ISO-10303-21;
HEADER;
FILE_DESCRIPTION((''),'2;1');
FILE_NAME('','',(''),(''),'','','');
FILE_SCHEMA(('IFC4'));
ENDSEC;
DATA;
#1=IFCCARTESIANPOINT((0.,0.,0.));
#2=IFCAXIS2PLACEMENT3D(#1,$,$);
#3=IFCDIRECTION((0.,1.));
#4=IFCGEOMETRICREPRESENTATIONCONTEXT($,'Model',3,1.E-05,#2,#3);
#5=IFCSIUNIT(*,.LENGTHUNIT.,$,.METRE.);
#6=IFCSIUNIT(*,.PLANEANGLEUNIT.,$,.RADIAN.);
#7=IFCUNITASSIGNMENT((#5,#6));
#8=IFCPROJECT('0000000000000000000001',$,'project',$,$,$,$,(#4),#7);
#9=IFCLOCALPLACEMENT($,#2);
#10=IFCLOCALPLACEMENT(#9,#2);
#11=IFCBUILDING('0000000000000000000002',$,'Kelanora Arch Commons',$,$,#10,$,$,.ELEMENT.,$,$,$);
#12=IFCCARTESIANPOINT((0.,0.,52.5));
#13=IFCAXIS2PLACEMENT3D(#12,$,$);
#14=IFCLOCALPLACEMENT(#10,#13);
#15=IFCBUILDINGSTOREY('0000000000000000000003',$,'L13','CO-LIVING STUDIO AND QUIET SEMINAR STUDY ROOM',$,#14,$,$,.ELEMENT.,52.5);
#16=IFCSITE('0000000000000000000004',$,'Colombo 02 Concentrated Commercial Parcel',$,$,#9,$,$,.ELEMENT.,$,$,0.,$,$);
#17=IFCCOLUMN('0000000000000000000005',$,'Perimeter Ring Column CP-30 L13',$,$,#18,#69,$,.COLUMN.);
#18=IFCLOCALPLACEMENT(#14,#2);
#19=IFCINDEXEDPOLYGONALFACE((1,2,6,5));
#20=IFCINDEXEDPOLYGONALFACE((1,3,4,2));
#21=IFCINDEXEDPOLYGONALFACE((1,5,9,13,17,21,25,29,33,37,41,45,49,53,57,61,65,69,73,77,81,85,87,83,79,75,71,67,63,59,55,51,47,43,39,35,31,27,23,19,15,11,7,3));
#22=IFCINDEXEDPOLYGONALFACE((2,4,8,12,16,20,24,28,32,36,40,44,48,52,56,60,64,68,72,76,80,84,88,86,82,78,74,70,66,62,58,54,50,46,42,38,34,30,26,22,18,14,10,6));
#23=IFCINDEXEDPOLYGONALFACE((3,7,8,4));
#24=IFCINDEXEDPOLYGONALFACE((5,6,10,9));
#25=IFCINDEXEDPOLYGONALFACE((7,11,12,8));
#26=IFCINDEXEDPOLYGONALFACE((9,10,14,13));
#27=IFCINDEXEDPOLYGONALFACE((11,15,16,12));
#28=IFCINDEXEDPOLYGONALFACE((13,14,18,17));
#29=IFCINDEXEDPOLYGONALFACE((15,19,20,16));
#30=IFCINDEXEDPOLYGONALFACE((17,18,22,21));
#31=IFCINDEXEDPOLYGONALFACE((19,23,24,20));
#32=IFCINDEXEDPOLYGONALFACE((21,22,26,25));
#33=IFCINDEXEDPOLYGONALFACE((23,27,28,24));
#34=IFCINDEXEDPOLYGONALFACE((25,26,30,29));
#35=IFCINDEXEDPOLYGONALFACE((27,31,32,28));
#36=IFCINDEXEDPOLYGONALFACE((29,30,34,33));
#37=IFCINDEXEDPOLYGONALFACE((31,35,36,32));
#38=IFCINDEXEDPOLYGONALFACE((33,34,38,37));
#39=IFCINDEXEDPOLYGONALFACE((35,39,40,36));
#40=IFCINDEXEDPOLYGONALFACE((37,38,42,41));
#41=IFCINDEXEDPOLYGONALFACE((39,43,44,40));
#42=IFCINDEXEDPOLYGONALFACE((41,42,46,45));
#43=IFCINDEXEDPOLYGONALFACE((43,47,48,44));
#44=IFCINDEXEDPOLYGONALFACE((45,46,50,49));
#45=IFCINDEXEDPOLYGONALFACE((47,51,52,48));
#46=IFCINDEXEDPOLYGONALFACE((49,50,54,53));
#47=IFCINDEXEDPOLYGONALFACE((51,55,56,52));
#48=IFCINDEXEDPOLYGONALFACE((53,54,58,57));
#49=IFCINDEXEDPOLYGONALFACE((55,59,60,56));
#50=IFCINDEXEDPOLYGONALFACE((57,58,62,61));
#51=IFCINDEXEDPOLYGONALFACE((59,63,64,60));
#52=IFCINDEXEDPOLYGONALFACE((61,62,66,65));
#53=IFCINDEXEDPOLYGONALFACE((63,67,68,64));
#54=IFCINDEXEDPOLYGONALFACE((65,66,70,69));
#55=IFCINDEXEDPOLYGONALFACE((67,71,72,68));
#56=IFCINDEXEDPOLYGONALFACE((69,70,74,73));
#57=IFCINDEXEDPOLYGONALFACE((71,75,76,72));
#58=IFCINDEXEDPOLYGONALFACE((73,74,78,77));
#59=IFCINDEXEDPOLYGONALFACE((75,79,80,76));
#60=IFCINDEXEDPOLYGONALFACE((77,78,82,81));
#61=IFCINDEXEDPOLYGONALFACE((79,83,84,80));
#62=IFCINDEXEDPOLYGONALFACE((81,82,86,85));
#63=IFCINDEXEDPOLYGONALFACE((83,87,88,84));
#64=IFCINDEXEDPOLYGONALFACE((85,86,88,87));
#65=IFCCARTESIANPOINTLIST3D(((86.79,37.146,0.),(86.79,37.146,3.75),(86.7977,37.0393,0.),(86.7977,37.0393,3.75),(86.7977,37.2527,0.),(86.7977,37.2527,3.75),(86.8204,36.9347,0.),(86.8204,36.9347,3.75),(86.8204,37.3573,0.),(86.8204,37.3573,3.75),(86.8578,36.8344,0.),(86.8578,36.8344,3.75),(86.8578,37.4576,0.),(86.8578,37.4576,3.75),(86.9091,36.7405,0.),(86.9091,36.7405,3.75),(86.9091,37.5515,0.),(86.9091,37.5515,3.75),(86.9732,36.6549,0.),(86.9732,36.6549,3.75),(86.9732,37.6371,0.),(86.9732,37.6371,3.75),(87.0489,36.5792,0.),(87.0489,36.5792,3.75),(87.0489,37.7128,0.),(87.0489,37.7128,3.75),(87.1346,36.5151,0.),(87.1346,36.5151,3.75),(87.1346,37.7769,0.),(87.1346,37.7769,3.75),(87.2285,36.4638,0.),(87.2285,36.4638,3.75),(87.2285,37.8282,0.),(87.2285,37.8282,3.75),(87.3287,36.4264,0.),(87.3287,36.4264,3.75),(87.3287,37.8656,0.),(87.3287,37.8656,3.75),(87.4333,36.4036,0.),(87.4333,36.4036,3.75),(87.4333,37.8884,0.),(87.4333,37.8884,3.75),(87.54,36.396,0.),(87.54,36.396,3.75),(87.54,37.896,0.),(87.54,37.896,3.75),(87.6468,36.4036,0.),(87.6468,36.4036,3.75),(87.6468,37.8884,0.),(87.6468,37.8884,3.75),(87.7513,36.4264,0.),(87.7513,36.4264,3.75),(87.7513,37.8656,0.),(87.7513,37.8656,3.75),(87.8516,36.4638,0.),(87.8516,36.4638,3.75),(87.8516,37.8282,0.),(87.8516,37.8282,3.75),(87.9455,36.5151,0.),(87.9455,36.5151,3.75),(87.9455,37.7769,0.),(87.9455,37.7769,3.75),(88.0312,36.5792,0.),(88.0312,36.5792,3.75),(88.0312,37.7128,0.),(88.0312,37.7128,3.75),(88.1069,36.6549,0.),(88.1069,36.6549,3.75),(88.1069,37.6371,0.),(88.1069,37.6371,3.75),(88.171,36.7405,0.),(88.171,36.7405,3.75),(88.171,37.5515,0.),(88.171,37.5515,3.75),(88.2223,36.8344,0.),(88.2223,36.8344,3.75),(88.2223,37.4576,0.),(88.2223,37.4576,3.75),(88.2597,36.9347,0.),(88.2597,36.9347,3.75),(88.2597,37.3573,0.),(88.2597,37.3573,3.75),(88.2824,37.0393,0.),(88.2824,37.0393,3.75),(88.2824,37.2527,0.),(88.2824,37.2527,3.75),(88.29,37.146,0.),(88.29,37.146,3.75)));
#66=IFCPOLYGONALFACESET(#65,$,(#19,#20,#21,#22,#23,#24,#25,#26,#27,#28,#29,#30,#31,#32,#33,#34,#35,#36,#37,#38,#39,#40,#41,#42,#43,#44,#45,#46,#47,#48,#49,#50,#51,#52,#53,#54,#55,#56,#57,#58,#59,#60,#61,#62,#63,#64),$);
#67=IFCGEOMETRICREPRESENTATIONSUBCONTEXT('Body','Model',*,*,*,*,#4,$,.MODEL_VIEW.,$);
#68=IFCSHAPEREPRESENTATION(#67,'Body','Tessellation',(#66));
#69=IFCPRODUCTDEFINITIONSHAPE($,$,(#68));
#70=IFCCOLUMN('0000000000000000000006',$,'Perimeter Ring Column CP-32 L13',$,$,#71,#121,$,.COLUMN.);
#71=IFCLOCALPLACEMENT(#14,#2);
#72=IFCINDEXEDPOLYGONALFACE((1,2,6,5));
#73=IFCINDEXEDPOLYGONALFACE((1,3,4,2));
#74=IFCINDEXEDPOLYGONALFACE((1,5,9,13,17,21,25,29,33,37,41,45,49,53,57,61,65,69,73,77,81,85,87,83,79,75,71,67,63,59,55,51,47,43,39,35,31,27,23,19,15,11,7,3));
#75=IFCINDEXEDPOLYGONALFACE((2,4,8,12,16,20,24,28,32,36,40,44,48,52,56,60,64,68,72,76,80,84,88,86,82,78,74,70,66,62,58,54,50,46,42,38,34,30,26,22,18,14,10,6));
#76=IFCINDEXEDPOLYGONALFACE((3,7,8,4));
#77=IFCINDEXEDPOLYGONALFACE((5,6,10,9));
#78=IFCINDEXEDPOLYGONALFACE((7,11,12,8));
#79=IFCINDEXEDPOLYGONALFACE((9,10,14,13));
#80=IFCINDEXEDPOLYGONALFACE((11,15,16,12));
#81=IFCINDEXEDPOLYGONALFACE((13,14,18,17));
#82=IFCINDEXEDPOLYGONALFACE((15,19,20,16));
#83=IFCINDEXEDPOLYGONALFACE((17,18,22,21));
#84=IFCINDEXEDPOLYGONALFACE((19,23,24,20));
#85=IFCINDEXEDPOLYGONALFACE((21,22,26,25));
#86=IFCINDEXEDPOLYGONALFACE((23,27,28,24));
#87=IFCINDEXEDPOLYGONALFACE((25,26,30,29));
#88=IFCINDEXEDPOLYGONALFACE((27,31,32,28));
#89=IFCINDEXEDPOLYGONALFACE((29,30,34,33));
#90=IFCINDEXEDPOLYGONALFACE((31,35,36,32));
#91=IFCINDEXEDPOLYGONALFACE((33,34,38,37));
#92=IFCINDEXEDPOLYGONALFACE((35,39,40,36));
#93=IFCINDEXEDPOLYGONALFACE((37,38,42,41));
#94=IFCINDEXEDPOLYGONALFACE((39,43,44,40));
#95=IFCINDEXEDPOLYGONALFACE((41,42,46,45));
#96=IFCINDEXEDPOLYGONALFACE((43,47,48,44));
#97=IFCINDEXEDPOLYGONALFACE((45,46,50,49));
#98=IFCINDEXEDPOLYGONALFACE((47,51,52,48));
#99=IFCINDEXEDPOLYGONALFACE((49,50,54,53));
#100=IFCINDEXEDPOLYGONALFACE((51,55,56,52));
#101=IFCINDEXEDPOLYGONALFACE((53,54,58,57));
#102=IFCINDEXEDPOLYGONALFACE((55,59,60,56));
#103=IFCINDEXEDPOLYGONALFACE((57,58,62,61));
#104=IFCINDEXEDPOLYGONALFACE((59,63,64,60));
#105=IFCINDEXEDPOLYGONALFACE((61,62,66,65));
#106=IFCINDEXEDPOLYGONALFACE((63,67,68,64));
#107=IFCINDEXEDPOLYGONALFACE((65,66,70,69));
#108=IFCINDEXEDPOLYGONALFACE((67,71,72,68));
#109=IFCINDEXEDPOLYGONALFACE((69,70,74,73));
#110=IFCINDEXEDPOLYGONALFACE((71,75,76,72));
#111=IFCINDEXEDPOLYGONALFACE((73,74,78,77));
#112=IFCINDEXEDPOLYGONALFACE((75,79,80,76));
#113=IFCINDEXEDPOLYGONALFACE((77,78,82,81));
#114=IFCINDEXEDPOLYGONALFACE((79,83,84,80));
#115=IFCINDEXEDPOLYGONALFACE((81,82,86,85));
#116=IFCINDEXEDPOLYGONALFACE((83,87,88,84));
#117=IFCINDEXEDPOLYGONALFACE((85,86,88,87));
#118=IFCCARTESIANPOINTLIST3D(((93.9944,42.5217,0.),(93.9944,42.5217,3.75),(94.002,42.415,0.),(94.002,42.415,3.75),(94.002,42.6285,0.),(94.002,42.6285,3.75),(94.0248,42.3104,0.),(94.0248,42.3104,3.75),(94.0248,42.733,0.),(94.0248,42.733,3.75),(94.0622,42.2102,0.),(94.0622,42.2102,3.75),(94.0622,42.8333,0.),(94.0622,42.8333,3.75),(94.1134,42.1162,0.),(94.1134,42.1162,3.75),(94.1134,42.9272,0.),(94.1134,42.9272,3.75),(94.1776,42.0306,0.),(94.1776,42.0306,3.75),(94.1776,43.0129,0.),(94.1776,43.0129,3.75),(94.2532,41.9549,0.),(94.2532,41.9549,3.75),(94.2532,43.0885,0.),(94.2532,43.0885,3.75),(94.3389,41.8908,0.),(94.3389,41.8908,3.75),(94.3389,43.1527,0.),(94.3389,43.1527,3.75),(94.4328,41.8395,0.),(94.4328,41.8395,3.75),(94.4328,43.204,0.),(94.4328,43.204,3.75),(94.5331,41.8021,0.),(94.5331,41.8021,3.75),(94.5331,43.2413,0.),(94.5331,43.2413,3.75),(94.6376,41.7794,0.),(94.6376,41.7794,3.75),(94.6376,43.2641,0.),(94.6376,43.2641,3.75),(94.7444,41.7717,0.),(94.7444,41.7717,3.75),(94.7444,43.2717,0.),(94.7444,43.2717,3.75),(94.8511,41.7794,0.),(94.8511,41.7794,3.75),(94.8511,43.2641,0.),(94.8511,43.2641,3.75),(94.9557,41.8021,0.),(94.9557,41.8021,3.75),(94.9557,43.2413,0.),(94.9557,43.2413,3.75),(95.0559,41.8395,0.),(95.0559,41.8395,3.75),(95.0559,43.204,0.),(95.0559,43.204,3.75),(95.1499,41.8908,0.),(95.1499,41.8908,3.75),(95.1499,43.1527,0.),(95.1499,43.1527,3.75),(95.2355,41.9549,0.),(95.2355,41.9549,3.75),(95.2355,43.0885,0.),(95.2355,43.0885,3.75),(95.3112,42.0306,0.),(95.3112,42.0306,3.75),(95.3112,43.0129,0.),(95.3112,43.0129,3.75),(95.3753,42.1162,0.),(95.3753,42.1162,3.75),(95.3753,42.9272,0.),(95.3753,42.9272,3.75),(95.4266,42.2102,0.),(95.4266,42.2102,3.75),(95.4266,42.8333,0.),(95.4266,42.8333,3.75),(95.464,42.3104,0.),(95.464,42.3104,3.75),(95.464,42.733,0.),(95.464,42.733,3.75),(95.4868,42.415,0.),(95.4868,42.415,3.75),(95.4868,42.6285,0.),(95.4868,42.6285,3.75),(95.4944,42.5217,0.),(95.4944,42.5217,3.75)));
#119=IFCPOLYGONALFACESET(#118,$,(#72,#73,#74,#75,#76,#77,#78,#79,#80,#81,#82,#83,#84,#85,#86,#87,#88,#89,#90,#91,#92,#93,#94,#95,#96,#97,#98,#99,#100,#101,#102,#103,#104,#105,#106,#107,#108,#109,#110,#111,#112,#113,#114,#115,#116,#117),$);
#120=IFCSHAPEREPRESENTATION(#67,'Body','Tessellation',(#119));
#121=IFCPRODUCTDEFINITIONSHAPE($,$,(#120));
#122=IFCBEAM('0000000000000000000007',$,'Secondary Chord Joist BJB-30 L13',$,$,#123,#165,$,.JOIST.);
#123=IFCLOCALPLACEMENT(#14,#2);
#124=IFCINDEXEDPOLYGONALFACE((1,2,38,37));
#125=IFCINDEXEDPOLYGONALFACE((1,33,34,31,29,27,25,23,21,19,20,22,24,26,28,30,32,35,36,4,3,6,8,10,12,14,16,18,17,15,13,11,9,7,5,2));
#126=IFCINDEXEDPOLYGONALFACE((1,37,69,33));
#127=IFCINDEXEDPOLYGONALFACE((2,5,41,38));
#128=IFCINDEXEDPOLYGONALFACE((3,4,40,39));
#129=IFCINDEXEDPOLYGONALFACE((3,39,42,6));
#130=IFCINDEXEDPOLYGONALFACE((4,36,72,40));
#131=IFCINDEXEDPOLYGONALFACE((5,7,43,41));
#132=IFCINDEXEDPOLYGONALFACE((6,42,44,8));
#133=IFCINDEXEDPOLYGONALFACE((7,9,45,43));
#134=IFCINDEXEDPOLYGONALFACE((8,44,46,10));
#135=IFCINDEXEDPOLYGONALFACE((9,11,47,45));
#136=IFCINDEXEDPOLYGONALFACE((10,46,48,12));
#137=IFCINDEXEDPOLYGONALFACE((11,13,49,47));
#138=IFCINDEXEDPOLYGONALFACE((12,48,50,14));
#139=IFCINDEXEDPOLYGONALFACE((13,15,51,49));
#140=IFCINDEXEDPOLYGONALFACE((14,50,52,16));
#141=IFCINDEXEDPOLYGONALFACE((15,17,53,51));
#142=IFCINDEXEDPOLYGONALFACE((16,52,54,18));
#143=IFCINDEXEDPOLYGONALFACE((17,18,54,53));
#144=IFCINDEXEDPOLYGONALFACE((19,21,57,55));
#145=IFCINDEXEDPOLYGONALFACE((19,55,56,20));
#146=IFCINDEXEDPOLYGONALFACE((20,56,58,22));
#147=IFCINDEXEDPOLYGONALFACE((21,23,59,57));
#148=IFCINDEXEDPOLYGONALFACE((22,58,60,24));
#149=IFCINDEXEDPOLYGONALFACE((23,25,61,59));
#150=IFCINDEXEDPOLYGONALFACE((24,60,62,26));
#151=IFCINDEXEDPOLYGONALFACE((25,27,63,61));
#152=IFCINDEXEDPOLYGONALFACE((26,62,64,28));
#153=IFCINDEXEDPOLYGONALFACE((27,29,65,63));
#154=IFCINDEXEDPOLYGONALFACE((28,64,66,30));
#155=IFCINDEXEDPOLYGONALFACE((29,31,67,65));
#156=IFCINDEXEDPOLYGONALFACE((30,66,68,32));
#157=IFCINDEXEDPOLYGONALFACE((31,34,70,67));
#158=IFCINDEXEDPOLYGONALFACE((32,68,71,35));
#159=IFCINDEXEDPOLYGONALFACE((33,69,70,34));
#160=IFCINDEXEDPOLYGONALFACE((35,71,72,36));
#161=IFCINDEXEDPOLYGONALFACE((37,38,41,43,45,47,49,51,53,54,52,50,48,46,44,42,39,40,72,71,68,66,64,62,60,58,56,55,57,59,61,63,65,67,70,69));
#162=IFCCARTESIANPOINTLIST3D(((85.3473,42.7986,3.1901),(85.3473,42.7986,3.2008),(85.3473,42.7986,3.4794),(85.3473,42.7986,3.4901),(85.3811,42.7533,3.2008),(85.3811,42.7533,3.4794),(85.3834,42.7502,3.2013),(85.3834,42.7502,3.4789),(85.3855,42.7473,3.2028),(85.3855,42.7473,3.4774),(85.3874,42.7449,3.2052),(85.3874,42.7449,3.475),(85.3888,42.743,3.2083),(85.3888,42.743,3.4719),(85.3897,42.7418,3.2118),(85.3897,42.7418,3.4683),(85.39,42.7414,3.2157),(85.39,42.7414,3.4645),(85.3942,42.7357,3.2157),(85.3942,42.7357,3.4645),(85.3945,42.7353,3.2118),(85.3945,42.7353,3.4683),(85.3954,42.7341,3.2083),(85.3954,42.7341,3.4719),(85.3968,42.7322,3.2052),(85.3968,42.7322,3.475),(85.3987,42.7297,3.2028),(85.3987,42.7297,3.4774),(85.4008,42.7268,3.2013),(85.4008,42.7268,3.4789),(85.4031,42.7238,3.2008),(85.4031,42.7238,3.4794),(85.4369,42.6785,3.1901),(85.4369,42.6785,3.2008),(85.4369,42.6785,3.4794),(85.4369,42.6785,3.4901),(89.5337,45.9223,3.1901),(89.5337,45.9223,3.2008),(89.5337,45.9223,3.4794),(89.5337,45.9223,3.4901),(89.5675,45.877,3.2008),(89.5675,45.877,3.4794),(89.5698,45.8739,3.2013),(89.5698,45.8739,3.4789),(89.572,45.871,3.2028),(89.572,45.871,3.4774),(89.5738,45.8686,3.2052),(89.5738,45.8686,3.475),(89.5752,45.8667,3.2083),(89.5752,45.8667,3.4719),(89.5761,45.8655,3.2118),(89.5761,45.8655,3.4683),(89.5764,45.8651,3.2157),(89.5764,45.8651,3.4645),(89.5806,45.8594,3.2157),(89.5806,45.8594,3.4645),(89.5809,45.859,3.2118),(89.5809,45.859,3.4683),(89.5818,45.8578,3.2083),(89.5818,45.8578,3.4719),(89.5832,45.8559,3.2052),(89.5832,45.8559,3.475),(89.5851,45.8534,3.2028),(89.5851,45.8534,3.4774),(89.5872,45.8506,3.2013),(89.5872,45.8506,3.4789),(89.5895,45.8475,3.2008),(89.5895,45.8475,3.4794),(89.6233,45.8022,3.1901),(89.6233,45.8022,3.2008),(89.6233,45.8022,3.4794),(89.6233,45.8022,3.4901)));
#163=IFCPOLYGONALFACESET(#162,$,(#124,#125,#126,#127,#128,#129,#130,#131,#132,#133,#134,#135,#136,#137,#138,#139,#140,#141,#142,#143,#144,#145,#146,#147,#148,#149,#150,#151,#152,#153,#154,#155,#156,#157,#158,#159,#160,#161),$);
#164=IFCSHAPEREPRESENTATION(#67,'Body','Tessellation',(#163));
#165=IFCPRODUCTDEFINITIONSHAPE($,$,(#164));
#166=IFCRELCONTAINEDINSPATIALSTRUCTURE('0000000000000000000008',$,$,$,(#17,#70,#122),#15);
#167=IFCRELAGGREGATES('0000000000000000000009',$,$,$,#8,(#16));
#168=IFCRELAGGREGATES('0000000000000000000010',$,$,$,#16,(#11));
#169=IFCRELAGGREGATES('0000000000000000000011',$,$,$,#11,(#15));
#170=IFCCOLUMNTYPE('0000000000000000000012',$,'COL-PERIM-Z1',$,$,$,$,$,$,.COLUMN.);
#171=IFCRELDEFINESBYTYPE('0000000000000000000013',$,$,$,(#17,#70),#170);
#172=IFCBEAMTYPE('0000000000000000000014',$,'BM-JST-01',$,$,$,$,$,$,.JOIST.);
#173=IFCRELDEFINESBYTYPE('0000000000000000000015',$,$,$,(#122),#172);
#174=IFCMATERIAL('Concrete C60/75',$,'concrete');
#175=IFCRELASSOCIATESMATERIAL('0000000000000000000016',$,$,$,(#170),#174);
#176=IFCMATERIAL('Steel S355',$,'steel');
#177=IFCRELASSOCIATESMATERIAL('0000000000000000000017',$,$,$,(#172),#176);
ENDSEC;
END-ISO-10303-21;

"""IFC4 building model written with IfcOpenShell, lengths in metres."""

from ifc_helpers import new_model, si_unit, direction, frame, origin, origin_2d, place, context, subcontext, project, spatial, circle, i_section, extrude, material, material_profile, profile_set, type_object, element, save


model = new_model("IFC4")

# Units and contexts
model_context = context("Model", 3, precision=1e-05, world=origin(), true_north=direction((0.0, 1.0)))
body_context = subcontext(model_context, "Body", "Model", "MODEL_VIEW")
ifc_project = project(units=[si_unit("LENGTHUNIT", "METRE"), si_unit("PLANEANGLEUNIT", "RADIAN")], contexts=[model_context])

# Site, building, storey
site_placement = place(None, origin())
site = spatial("IfcSite", under=ifc_project, at=site_placement, Name="Colombo 02 Concentrated Commercial Parcel", CompositionType="ELEMENT", RefElevation=0.0)
building_placement = place(site_placement, origin())
building = spatial("IfcBuilding", under=site, at=building_placement, Name="Kelanora Arch Commons", CompositionType="ELEMENT")
storey_placement = place(building_placement, frame((0.0, 0.0, 52.5)))
storey = spatial("IfcBuildingStorey", under=building, at=storey_placement, Name="L13", Description="CO-LIVING STUDIO AND QUIET SEMINAR STUDY ROOM", CompositionType="ELEMENT", Elevation=52.5)

# Columns
ifc_material_1 = material(Name="Concrete C60/75", Category="concrete")
ifc_material_profile_1 = material_profile(ifc_material_1, circle(Radius=0.75, at=origin_2d()), Name="RCC1500")
ifc_profile_set_1 = profile_set([ifc_material_profile_1], Name="Concrete C60/75")
column_type = type_object("IfcColumnType", Name="COL-PERIM-Z1", PredefinedType="COLUMN", material=ifc_profile_set_1)
for number, where, z_axis, x_axis, name in (
    (1, (87.54, 37.146, 0.0), (0.0, 0.0, 1.0), (1.0, 0.0, 0.0), "Perimeter Ring Column CP-30 L13"),
    (2, (94.7444, 42.5217, 0.0), (0.0, 0.0, 1.0), (1.0, 0.0, 0.0), "Perimeter Ring Column CP-32 L13"),
):
    element("IfcColumn", number, at=place(storey_placement, frame(where, z_axis=z_axis, x_axis=x_axis)), inside=storey, type_object=column_type, Name=name, PredefinedType="COLUMN", context=body_context, shape_type="SweptSolid", body=[
        extrude(circle(Radius=0.75, at=origin_2d()), origin(), (0.0, 0.0, 1.0), 3.75),
    ])

# Beam
ifc_material_2 = material(Name="Steel S355", Category="steel")
ifc_material_profile_2 = material_profile(ifc_material_2, i_section(OverallWidth=0.1499, OverallDepth=0.3, WebThickness=0.0071, FlangeThickness=0.0107, FilletRadius=0.0149, at=origin_2d()), Name="IPE300")
ifc_profile_set_2 = profile_set([ifc_material_profile_2], Name="Steel S355")
beam_type_1 = type_object("IfcBeamType", Name="BM-JST-01", PredefinedType="JOIST", material=ifc_profile_set_2)
beam_1_placement = place(storey_placement, frame((85.3921, 42.7385, 3.3401), z_axis=(0.801478, 0.598024, 0.0), x_axis=(-0.598024, 0.801478, 0.0)))
element("IfcBeam", 3, at=beam_1_placement, inside=storey, type_object=beam_type_1, Name="Secondary Chord Joist BJB-30 L13", PredefinedType="JOIST", context=body_context, shape_type="SweptSolid", body=[
    extrude(i_section(OverallWidth=0.1499, OverallDepth=0.3, WebThickness=0.0071, FlangeThickness=0.0107, FilletRadius=0.0149, at=origin_2d()), origin(), (0.0, 0.0, 1.0), 5.2234),
])

save(model, "model.ifc")
